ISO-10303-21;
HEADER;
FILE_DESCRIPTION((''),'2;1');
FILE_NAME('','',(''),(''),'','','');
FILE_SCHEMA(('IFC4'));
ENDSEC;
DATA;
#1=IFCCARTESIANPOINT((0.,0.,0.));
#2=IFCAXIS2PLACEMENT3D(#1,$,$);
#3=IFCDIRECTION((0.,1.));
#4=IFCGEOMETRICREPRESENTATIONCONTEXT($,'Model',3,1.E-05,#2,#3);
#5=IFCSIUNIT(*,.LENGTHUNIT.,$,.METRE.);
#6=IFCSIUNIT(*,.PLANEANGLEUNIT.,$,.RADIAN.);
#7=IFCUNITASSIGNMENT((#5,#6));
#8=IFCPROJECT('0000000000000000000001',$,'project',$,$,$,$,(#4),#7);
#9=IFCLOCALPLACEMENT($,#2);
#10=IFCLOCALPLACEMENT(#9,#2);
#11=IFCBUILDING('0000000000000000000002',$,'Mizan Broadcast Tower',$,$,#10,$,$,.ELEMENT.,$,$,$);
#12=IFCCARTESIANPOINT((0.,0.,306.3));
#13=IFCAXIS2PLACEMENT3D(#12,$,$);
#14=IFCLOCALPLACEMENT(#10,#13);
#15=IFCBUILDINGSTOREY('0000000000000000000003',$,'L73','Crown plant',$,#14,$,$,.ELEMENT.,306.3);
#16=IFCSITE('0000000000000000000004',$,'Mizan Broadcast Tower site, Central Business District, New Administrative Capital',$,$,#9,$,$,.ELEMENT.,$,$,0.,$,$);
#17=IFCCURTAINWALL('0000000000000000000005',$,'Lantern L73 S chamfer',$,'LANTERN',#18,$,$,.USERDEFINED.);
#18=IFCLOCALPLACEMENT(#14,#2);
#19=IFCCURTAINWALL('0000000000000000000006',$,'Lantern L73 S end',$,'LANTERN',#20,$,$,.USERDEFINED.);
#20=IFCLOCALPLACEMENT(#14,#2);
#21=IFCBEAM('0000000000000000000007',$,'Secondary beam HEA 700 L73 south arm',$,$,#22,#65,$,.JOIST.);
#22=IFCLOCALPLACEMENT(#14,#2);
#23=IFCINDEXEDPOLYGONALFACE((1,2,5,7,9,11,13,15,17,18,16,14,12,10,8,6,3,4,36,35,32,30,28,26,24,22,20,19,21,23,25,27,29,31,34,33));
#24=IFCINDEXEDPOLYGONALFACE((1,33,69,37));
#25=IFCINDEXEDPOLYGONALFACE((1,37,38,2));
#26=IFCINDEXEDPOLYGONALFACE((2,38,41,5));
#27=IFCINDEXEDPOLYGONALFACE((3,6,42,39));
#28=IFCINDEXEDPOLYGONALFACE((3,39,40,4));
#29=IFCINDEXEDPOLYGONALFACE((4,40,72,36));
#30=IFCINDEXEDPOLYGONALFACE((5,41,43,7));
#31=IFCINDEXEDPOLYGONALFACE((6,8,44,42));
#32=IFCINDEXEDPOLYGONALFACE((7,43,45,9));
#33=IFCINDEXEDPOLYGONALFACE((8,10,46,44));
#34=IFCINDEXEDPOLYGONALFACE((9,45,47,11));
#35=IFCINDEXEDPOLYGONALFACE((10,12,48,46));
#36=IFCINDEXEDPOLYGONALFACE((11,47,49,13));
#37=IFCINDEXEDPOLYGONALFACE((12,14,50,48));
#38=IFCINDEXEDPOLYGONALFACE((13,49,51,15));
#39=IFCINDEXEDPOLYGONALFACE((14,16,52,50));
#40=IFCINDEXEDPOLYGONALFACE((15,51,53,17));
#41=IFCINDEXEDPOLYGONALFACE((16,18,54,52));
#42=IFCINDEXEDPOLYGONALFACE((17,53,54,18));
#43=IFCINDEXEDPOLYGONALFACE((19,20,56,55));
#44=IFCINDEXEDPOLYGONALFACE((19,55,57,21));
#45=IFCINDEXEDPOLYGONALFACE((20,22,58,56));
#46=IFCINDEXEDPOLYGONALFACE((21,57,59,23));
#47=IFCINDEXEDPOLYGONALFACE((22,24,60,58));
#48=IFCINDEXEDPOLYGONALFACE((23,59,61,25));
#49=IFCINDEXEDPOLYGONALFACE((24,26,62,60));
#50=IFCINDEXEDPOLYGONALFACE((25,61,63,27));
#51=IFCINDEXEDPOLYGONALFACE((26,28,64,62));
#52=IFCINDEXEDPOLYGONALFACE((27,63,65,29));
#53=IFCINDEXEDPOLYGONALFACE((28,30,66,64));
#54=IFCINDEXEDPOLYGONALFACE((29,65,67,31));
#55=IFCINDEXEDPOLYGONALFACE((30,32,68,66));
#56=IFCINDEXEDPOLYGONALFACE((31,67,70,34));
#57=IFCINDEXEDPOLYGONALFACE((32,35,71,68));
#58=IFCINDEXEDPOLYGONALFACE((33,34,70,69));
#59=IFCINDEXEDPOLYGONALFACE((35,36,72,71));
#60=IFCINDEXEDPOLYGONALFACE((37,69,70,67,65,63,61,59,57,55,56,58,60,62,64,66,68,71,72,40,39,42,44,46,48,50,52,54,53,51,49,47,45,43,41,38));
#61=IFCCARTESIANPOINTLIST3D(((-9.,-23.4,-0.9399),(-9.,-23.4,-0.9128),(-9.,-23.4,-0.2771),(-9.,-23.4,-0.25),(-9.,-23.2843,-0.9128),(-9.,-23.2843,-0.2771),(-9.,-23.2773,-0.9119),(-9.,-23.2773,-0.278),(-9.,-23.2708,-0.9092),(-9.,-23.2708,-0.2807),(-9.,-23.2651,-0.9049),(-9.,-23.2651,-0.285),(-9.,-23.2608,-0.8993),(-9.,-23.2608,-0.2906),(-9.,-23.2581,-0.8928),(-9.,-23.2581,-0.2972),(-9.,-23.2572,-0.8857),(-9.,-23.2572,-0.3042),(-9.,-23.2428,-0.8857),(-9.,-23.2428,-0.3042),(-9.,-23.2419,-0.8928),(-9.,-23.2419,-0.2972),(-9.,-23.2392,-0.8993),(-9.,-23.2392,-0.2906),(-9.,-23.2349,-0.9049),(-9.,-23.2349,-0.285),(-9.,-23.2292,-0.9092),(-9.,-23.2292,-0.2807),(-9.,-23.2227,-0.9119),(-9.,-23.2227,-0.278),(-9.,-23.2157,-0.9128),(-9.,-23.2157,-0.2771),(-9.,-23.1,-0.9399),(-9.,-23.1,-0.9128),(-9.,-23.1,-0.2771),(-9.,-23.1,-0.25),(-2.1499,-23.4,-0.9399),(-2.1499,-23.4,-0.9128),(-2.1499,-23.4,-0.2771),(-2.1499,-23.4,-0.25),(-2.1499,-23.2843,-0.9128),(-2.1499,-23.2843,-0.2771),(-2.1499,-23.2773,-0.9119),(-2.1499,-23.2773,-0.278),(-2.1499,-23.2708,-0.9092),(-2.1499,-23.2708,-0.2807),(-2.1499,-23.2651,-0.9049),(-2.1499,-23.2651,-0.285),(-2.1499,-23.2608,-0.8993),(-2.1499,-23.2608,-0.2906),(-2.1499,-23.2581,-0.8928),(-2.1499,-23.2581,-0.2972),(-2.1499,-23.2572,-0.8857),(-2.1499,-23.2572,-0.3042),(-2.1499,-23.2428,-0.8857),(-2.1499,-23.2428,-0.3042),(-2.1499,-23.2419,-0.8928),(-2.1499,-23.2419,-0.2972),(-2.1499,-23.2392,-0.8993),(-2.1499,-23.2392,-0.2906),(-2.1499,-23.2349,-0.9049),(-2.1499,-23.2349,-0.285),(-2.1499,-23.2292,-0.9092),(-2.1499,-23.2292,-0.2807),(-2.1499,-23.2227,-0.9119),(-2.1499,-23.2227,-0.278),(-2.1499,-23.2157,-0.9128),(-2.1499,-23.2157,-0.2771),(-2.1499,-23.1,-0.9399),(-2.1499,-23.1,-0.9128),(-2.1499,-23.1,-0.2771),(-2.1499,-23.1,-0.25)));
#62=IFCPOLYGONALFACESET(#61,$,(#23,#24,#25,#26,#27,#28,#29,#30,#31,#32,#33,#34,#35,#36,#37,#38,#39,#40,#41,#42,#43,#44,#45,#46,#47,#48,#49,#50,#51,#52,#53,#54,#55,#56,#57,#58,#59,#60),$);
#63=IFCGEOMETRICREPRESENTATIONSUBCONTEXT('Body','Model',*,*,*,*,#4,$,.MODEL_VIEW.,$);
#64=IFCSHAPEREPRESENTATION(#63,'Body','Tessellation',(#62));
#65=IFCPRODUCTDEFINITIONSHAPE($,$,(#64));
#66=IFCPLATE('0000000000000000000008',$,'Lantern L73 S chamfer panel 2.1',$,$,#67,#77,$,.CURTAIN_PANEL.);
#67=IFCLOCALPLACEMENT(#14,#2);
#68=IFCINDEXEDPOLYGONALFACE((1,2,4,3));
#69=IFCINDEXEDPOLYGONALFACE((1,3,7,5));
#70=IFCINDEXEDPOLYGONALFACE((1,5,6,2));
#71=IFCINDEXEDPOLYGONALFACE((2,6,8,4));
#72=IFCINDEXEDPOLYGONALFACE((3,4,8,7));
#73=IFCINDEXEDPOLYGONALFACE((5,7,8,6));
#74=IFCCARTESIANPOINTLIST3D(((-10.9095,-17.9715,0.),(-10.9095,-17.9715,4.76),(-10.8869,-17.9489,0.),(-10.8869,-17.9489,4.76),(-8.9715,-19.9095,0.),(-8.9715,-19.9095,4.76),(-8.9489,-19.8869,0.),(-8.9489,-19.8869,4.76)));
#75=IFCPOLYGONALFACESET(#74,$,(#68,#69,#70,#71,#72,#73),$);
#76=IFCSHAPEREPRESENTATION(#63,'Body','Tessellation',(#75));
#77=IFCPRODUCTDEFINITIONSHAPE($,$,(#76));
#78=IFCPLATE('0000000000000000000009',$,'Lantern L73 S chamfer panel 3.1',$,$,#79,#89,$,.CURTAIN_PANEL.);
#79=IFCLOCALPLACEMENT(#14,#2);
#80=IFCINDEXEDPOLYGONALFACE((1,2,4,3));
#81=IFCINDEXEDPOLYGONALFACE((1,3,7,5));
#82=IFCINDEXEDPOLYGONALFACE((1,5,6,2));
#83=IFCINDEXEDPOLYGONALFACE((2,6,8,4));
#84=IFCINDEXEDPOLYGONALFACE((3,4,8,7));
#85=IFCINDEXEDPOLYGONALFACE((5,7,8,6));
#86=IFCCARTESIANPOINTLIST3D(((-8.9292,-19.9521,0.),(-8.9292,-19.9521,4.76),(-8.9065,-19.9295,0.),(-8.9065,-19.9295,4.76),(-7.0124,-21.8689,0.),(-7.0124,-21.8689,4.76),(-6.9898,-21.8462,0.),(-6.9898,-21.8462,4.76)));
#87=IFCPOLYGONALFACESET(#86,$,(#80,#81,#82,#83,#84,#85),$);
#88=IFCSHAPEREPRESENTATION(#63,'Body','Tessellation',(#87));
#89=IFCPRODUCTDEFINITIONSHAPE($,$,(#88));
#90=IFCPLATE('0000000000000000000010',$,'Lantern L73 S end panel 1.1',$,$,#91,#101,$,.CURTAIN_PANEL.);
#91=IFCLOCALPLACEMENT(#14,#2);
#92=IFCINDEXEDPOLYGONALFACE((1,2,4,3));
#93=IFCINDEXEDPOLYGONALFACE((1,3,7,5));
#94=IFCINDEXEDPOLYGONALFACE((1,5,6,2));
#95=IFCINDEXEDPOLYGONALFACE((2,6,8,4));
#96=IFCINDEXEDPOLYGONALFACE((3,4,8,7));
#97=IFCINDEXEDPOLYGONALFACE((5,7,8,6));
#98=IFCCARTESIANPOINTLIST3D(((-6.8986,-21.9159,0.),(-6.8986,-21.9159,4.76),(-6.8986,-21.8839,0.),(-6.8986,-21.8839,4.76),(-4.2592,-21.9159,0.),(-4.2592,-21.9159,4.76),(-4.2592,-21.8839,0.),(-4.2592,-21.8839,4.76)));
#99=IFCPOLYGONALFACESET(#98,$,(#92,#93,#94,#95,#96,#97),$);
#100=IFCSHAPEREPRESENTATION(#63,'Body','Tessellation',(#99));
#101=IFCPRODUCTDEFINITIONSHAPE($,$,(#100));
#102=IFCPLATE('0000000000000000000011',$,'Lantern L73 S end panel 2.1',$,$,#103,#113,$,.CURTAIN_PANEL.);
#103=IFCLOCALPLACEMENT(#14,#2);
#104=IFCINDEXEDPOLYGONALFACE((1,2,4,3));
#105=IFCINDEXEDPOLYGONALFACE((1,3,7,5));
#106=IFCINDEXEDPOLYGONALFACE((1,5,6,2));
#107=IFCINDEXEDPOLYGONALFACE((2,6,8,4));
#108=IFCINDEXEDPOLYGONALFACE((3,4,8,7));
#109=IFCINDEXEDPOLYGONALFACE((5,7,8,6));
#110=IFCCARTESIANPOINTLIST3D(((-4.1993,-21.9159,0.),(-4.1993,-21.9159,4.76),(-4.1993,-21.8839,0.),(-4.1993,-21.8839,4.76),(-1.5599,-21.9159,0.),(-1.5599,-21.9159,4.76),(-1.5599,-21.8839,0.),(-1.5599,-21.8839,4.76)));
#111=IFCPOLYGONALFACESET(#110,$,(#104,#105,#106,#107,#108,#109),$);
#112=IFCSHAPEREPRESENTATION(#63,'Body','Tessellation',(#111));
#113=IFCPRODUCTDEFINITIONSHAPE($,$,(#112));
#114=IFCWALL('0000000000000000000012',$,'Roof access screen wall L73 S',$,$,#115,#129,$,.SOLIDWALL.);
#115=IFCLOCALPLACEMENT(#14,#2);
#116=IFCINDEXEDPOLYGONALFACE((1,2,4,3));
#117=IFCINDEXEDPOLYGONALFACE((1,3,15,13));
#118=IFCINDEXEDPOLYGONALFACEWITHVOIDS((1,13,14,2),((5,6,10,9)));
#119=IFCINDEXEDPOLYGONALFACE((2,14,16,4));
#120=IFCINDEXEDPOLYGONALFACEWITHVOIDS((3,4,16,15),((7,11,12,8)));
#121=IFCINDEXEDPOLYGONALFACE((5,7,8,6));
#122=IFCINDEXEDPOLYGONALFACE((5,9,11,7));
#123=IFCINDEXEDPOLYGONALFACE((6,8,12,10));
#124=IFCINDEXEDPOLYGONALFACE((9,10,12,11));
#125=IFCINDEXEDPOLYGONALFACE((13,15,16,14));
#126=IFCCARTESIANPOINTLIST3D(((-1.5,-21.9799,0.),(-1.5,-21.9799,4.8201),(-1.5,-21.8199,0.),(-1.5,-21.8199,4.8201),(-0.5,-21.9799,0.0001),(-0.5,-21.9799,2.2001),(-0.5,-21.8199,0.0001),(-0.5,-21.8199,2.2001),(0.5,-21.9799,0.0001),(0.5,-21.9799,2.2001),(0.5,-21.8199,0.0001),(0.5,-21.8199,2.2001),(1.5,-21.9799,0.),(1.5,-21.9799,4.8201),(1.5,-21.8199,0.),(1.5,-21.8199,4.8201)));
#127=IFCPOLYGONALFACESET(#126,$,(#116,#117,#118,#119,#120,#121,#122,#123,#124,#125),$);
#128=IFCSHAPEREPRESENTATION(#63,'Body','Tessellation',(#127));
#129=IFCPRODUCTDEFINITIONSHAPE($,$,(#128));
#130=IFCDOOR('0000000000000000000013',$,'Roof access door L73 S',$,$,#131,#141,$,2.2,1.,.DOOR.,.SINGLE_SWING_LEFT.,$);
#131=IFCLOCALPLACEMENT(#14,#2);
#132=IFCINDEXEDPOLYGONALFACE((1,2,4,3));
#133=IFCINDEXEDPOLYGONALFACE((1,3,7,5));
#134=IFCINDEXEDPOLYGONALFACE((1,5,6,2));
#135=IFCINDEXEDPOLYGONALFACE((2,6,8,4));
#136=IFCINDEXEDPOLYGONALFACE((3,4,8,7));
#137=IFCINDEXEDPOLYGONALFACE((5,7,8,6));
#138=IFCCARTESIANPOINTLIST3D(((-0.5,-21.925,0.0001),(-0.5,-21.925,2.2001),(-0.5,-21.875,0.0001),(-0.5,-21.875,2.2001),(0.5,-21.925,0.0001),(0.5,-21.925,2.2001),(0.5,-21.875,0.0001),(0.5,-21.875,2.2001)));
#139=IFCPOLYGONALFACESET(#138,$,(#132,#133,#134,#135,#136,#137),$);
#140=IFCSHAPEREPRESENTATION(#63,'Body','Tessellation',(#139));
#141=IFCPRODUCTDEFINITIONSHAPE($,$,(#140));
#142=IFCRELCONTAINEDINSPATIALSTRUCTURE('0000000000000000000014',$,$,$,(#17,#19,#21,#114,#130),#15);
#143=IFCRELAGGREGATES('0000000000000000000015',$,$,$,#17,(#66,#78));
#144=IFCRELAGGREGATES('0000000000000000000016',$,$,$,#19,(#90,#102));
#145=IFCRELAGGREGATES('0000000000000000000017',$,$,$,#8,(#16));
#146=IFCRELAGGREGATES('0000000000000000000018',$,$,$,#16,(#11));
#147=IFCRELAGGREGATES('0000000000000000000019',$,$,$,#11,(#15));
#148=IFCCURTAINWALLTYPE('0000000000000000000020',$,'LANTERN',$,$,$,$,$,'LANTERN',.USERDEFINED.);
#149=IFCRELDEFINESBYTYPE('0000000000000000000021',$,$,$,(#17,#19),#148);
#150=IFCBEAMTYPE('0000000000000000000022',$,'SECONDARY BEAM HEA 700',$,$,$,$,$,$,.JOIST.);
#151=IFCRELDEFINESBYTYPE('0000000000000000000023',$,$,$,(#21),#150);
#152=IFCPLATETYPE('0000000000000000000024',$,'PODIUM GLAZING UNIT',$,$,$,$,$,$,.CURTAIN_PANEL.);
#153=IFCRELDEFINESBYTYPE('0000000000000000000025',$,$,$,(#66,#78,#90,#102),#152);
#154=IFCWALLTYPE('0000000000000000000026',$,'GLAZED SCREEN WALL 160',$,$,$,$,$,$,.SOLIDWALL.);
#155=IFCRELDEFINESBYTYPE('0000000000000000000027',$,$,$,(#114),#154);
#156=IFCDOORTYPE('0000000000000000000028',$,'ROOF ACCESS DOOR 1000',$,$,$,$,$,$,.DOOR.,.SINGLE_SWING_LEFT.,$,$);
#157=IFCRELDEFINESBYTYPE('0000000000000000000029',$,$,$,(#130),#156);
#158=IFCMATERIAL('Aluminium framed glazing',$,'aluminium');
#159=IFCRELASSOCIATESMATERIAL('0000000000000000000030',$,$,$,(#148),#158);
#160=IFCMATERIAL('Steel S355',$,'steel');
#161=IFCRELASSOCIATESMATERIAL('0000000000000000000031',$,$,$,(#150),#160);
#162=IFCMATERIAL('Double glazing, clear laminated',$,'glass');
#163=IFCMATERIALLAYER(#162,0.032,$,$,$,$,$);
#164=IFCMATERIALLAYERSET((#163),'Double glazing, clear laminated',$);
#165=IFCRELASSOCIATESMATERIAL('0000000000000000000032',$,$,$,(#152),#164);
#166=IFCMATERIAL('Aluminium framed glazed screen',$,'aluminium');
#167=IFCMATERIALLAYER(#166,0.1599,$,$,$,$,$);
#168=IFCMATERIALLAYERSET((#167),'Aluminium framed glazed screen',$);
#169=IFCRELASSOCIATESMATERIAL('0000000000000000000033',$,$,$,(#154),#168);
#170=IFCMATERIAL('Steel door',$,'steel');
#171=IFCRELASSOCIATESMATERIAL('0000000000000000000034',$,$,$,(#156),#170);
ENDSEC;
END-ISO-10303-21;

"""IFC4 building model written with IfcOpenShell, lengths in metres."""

from ifc_helpers import new_model, si_unit, direction, frame, frame_2d, origin, origin_2d, place, context, subcontext, project, spatial, rectangle, i_section, extrude, material, layer, layer_set, material_profile, profile_set, type_object, element, fill, aggregate, save


model = new_model("IFC4")

# Units and contexts
model_context = context("Model", 3, precision=1e-05, world=origin(), true_north=direction((0.0, 1.0)))
body_context = subcontext(model_context, "Body", "Model", "MODEL_VIEW")
ifc_project = project(units=[si_unit("LENGTHUNIT", "METRE"), si_unit("PLANEANGLEUNIT", "RADIAN")], contexts=[model_context])

# Site, building, storey
site_placement = place(None, origin())
site = spatial("IfcSite", under=ifc_project, at=site_placement, Name="Mizan Broadcast Tower site, Central Business District, New Administrative Capital", CompositionType="ELEMENT", RefElevation=0.0)
building_placement = place(site_placement, origin())
building = spatial("IfcBuilding", under=site, at=building_placement, Name="Mizan Broadcast Tower", CompositionType="ELEMENT")
storey_placement = place(building_placement, frame((0.0, 0.0, 306.3)))
storey = spatial("IfcBuildingStorey", under=building, at=storey_placement, Name="L73", Description="Crown plant", CompositionType="ELEMENT", Elevation=306.3)

# Curtain walls
ifc_material_1 = material(Name="Aluminium framed glazing", Category="aluminium")
curtain_wall_type = type_object("IfcCurtainWallType", Name="LANTERN", ElementType="LANTERN", PredefinedType="USERDEFINED", material=ifc_material_1)
curtain_wall_1_placement = place(storey_placement, origin())
curtain_wall_1 = element("IfcCurtainWall", 1, at=curtain_wall_1_placement, inside=storey, type_object=curtain_wall_type, Name="Lantern L73 S chamfer", ObjectType="LANTERN", PredefinedType="USERDEFINED")
curtain_wall_2_placement = place(storey_placement, origin())
curtain_wall_2 = element("IfcCurtainWall", 2, at=curtain_wall_2_placement, inside=storey, type_object=curtain_wall_type, Name="Lantern L73 S end", ObjectType="LANTERN", PredefinedType="USERDEFINED")

# Beam
ifc_material_2 = material(Name="Steel S355", Category="steel")
ifc_material_profile_1 = material_profile(ifc_material_2, i_section(OverallWidth=0.3, OverallDepth=0.6899, WebThickness=0.0144, FlangeThickness=0.0271, FilletRadius=0.0271, at=origin_2d()), Name="HEA 700")
ifc_profile_set_1 = profile_set([ifc_material_profile_1], Name="Steel S355")
beam_type_1 = type_object("IfcBeamType", Name="SECONDARY BEAM HEA 700", PredefinedType="JOIST", material=ifc_profile_set_1)
beam_1_placement = place(storey_placement, frame((-9.0, -23.25, -0.595), z_axis=(1.0, 0.0, 0.0), x_axis=(0.0, 1.0, 0.0)))
element("IfcBeam", 3, at=beam_1_placement, inside=storey, type_object=beam_type_1, Name="Secondary beam HEA 700 L73 south arm", PredefinedType="JOIST", context=body_context, shape_type="SweptSolid", body=[
    extrude(i_section(OverallWidth=0.3, OverallDepth=0.6899, WebThickness=0.0144, FlangeThickness=0.0271, FilletRadius=0.0271, at=origin_2d()), origin(), (0.0, 0.0, 1.0), 6.8501),
])

# Plates
ifc_material_3 = material(Name="Double glazing, clear laminated", Category="glass")
ifc_layer_1 = layer(ifc_material_3, 0.032)
ifc_layer_set_1 = layer_set([ifc_layer_1], Name="Double glazing, clear laminated")
plate_type = type_object("IfcPlateType", Name="PODIUM GLAZING UNIT", PredefinedType="CURTAIN_PANEL", material=ifc_layer_set_1)
plate_1_placement = place(storey_placement, frame((-9.9292, -18.9292, 0.0), z_axis=(0.0, 0.0, 1.0), x_axis=(0.707107, -0.707107, 0.0)))
plate_1 = element("IfcPlate", 4, at=plate_1_placement, type_object=plate_type, Name="Lantern L73 S chamfer panel 2.1", PredefinedType="CURTAIN_PANEL", context=body_context, shape_type="SweptSolid", body=[
    extrude(rectangle(XDim=2.7407, YDim=0.032, at=origin_2d()), origin(), (0.0, 0.0, 1.0), 4.76),
])
plate_2_placement = place(storey_placement, frame((-7.9595, -20.8992, 0.0), z_axis=(0.0, 0.0, 1.0), x_axis=(0.707107, -0.707107, 0.0)))
plate_2 = element("IfcPlate", 5, at=plate_2_placement, type_object=plate_type, Name="Lantern L73 S chamfer panel 3.1", PredefinedType="CURTAIN_PANEL", context=body_context, shape_type="SweptSolid", body=[
    extrude(rectangle(XDim=2.7107, YDim=0.032, at=origin_2d()), origin(), (0.0, 0.0, 1.0), 4.76),
])
aggregate(curtain_wall_1, [plate_1, plate_2])
plate_3_placement = place(storey_placement, frame((-5.5789, -21.8999, 0.0), z_axis=(0.0, 0.0, 1.0), x_axis=(1.0, 0.0, 0.0)))
plate_3 = element("IfcPlate", 6, at=plate_3_placement, type_object=plate_type, Name="Lantern L73 S end panel 1.1", PredefinedType="CURTAIN_PANEL", context=body_context, shape_type="SweptSolid", body=[
    extrude(rectangle(XDim=2.6394, YDim=0.032, at=origin_2d()), origin(), (0.0, 0.0, 1.0), 4.76),
])
plate_4_placement = place(storey_placement, frame((-2.8796, -21.8999, 0.0), z_axis=(0.0, 0.0, 1.0), x_axis=(1.0, 0.0, 0.0)))
plate_4 = element("IfcPlate", 7, at=plate_4_placement, type_object=plate_type, Name="Lantern L73 S end panel 2.1", PredefinedType="CURTAIN_PANEL", context=body_context, shape_type="SweptSolid", body=[
    extrude(rectangle(XDim=2.6394, YDim=0.032, at=origin_2d()), origin(), (0.0, 0.0, 1.0), 4.76),
])
aggregate(curtain_wall_2, [plate_3, plate_4])

# Wall, opening, door
ifc_material_4 = material(Name="Aluminium framed glazed screen", Category="aluminium")
ifc_layer_2 = layer(ifc_material_4, 0.1599)
ifc_layer_set_2 = layer_set([ifc_layer_2], Name="Aluminium framed glazed screen")
wall_type = type_object("IfcWallType", Name="GLAZED SCREEN WALL 160", PredefinedType="SOLIDWALL", material=ifc_layer_set_2)
wall_placement = place(storey_placement, frame((-1.5, -21.8999, 0.0), z_axis=(0.0, 0.0, 1.0), x_axis=(1.0, 0.0, 0.0)))
wall = element("IfcWall", 8, at=wall_placement, inside=storey, type_object=wall_type, Name="Roof access screen wall L73 S", PredefinedType="SOLIDWALL", context=body_context, shape_type="SweptSolid", body=[
    extrude(rectangle(XDim=3.0, YDim=0.1599, at=frame_2d((1.5, 0.0))), origin(), (0.0, 0.0, 1.0), 4.8201),
])
opening_placement = place(wall_placement, frame((1.0, 0.0, 0.0)))
opening = element("IfcOpeningElement", 9, at=opening_placement, cuts=wall, PredefinedType="OPENING", context=body_context, shape_type="SweptSolid", body=[
    extrude(rectangle(XDim=1.0, YDim=2.2, at=frame_2d((0.5, 1.1001))), frame((0.0, 0.0898, 0.0), z_axis=(0.0, -1.0, 0.0), x_axis=(1.0, 0.0, 0.0)), (0.0, 0.0, 1.0), 0.1799),
])
ifc_material_5 = material(Name="Steel door", Category="steel")
door_type = type_object("IfcDoorType", Name="ROOF ACCESS DOOR 1000", OperationType="SINGLE_SWING_LEFT", PredefinedType="DOOR", material=ifc_material_5)
door_placement = place(opening_placement, origin())
door = element("IfcDoor", 10, at=door_placement, inside=storey, type_object=door_type, Name="Roof access door L73 S", OperationType="SINGLE_SWING_LEFT", OverallHeight=2.2, OverallWidth=1.0, PredefinedType="DOOR", context=body_context, shape_type="SweptSolid", body=[
    extrude(rectangle(XDim=1.0, YDim=2.2, at=frame_2d((0.5, 1.1001))), frame((0.0, 0.0249, 0.0), z_axis=(0.0, -1.0, 0.0), x_axis=(1.0, 0.0, 0.0)), (0.0, 0.0, 1.0), 0.05),
])
fill(opening, door)

save(model, "model.ifc")
